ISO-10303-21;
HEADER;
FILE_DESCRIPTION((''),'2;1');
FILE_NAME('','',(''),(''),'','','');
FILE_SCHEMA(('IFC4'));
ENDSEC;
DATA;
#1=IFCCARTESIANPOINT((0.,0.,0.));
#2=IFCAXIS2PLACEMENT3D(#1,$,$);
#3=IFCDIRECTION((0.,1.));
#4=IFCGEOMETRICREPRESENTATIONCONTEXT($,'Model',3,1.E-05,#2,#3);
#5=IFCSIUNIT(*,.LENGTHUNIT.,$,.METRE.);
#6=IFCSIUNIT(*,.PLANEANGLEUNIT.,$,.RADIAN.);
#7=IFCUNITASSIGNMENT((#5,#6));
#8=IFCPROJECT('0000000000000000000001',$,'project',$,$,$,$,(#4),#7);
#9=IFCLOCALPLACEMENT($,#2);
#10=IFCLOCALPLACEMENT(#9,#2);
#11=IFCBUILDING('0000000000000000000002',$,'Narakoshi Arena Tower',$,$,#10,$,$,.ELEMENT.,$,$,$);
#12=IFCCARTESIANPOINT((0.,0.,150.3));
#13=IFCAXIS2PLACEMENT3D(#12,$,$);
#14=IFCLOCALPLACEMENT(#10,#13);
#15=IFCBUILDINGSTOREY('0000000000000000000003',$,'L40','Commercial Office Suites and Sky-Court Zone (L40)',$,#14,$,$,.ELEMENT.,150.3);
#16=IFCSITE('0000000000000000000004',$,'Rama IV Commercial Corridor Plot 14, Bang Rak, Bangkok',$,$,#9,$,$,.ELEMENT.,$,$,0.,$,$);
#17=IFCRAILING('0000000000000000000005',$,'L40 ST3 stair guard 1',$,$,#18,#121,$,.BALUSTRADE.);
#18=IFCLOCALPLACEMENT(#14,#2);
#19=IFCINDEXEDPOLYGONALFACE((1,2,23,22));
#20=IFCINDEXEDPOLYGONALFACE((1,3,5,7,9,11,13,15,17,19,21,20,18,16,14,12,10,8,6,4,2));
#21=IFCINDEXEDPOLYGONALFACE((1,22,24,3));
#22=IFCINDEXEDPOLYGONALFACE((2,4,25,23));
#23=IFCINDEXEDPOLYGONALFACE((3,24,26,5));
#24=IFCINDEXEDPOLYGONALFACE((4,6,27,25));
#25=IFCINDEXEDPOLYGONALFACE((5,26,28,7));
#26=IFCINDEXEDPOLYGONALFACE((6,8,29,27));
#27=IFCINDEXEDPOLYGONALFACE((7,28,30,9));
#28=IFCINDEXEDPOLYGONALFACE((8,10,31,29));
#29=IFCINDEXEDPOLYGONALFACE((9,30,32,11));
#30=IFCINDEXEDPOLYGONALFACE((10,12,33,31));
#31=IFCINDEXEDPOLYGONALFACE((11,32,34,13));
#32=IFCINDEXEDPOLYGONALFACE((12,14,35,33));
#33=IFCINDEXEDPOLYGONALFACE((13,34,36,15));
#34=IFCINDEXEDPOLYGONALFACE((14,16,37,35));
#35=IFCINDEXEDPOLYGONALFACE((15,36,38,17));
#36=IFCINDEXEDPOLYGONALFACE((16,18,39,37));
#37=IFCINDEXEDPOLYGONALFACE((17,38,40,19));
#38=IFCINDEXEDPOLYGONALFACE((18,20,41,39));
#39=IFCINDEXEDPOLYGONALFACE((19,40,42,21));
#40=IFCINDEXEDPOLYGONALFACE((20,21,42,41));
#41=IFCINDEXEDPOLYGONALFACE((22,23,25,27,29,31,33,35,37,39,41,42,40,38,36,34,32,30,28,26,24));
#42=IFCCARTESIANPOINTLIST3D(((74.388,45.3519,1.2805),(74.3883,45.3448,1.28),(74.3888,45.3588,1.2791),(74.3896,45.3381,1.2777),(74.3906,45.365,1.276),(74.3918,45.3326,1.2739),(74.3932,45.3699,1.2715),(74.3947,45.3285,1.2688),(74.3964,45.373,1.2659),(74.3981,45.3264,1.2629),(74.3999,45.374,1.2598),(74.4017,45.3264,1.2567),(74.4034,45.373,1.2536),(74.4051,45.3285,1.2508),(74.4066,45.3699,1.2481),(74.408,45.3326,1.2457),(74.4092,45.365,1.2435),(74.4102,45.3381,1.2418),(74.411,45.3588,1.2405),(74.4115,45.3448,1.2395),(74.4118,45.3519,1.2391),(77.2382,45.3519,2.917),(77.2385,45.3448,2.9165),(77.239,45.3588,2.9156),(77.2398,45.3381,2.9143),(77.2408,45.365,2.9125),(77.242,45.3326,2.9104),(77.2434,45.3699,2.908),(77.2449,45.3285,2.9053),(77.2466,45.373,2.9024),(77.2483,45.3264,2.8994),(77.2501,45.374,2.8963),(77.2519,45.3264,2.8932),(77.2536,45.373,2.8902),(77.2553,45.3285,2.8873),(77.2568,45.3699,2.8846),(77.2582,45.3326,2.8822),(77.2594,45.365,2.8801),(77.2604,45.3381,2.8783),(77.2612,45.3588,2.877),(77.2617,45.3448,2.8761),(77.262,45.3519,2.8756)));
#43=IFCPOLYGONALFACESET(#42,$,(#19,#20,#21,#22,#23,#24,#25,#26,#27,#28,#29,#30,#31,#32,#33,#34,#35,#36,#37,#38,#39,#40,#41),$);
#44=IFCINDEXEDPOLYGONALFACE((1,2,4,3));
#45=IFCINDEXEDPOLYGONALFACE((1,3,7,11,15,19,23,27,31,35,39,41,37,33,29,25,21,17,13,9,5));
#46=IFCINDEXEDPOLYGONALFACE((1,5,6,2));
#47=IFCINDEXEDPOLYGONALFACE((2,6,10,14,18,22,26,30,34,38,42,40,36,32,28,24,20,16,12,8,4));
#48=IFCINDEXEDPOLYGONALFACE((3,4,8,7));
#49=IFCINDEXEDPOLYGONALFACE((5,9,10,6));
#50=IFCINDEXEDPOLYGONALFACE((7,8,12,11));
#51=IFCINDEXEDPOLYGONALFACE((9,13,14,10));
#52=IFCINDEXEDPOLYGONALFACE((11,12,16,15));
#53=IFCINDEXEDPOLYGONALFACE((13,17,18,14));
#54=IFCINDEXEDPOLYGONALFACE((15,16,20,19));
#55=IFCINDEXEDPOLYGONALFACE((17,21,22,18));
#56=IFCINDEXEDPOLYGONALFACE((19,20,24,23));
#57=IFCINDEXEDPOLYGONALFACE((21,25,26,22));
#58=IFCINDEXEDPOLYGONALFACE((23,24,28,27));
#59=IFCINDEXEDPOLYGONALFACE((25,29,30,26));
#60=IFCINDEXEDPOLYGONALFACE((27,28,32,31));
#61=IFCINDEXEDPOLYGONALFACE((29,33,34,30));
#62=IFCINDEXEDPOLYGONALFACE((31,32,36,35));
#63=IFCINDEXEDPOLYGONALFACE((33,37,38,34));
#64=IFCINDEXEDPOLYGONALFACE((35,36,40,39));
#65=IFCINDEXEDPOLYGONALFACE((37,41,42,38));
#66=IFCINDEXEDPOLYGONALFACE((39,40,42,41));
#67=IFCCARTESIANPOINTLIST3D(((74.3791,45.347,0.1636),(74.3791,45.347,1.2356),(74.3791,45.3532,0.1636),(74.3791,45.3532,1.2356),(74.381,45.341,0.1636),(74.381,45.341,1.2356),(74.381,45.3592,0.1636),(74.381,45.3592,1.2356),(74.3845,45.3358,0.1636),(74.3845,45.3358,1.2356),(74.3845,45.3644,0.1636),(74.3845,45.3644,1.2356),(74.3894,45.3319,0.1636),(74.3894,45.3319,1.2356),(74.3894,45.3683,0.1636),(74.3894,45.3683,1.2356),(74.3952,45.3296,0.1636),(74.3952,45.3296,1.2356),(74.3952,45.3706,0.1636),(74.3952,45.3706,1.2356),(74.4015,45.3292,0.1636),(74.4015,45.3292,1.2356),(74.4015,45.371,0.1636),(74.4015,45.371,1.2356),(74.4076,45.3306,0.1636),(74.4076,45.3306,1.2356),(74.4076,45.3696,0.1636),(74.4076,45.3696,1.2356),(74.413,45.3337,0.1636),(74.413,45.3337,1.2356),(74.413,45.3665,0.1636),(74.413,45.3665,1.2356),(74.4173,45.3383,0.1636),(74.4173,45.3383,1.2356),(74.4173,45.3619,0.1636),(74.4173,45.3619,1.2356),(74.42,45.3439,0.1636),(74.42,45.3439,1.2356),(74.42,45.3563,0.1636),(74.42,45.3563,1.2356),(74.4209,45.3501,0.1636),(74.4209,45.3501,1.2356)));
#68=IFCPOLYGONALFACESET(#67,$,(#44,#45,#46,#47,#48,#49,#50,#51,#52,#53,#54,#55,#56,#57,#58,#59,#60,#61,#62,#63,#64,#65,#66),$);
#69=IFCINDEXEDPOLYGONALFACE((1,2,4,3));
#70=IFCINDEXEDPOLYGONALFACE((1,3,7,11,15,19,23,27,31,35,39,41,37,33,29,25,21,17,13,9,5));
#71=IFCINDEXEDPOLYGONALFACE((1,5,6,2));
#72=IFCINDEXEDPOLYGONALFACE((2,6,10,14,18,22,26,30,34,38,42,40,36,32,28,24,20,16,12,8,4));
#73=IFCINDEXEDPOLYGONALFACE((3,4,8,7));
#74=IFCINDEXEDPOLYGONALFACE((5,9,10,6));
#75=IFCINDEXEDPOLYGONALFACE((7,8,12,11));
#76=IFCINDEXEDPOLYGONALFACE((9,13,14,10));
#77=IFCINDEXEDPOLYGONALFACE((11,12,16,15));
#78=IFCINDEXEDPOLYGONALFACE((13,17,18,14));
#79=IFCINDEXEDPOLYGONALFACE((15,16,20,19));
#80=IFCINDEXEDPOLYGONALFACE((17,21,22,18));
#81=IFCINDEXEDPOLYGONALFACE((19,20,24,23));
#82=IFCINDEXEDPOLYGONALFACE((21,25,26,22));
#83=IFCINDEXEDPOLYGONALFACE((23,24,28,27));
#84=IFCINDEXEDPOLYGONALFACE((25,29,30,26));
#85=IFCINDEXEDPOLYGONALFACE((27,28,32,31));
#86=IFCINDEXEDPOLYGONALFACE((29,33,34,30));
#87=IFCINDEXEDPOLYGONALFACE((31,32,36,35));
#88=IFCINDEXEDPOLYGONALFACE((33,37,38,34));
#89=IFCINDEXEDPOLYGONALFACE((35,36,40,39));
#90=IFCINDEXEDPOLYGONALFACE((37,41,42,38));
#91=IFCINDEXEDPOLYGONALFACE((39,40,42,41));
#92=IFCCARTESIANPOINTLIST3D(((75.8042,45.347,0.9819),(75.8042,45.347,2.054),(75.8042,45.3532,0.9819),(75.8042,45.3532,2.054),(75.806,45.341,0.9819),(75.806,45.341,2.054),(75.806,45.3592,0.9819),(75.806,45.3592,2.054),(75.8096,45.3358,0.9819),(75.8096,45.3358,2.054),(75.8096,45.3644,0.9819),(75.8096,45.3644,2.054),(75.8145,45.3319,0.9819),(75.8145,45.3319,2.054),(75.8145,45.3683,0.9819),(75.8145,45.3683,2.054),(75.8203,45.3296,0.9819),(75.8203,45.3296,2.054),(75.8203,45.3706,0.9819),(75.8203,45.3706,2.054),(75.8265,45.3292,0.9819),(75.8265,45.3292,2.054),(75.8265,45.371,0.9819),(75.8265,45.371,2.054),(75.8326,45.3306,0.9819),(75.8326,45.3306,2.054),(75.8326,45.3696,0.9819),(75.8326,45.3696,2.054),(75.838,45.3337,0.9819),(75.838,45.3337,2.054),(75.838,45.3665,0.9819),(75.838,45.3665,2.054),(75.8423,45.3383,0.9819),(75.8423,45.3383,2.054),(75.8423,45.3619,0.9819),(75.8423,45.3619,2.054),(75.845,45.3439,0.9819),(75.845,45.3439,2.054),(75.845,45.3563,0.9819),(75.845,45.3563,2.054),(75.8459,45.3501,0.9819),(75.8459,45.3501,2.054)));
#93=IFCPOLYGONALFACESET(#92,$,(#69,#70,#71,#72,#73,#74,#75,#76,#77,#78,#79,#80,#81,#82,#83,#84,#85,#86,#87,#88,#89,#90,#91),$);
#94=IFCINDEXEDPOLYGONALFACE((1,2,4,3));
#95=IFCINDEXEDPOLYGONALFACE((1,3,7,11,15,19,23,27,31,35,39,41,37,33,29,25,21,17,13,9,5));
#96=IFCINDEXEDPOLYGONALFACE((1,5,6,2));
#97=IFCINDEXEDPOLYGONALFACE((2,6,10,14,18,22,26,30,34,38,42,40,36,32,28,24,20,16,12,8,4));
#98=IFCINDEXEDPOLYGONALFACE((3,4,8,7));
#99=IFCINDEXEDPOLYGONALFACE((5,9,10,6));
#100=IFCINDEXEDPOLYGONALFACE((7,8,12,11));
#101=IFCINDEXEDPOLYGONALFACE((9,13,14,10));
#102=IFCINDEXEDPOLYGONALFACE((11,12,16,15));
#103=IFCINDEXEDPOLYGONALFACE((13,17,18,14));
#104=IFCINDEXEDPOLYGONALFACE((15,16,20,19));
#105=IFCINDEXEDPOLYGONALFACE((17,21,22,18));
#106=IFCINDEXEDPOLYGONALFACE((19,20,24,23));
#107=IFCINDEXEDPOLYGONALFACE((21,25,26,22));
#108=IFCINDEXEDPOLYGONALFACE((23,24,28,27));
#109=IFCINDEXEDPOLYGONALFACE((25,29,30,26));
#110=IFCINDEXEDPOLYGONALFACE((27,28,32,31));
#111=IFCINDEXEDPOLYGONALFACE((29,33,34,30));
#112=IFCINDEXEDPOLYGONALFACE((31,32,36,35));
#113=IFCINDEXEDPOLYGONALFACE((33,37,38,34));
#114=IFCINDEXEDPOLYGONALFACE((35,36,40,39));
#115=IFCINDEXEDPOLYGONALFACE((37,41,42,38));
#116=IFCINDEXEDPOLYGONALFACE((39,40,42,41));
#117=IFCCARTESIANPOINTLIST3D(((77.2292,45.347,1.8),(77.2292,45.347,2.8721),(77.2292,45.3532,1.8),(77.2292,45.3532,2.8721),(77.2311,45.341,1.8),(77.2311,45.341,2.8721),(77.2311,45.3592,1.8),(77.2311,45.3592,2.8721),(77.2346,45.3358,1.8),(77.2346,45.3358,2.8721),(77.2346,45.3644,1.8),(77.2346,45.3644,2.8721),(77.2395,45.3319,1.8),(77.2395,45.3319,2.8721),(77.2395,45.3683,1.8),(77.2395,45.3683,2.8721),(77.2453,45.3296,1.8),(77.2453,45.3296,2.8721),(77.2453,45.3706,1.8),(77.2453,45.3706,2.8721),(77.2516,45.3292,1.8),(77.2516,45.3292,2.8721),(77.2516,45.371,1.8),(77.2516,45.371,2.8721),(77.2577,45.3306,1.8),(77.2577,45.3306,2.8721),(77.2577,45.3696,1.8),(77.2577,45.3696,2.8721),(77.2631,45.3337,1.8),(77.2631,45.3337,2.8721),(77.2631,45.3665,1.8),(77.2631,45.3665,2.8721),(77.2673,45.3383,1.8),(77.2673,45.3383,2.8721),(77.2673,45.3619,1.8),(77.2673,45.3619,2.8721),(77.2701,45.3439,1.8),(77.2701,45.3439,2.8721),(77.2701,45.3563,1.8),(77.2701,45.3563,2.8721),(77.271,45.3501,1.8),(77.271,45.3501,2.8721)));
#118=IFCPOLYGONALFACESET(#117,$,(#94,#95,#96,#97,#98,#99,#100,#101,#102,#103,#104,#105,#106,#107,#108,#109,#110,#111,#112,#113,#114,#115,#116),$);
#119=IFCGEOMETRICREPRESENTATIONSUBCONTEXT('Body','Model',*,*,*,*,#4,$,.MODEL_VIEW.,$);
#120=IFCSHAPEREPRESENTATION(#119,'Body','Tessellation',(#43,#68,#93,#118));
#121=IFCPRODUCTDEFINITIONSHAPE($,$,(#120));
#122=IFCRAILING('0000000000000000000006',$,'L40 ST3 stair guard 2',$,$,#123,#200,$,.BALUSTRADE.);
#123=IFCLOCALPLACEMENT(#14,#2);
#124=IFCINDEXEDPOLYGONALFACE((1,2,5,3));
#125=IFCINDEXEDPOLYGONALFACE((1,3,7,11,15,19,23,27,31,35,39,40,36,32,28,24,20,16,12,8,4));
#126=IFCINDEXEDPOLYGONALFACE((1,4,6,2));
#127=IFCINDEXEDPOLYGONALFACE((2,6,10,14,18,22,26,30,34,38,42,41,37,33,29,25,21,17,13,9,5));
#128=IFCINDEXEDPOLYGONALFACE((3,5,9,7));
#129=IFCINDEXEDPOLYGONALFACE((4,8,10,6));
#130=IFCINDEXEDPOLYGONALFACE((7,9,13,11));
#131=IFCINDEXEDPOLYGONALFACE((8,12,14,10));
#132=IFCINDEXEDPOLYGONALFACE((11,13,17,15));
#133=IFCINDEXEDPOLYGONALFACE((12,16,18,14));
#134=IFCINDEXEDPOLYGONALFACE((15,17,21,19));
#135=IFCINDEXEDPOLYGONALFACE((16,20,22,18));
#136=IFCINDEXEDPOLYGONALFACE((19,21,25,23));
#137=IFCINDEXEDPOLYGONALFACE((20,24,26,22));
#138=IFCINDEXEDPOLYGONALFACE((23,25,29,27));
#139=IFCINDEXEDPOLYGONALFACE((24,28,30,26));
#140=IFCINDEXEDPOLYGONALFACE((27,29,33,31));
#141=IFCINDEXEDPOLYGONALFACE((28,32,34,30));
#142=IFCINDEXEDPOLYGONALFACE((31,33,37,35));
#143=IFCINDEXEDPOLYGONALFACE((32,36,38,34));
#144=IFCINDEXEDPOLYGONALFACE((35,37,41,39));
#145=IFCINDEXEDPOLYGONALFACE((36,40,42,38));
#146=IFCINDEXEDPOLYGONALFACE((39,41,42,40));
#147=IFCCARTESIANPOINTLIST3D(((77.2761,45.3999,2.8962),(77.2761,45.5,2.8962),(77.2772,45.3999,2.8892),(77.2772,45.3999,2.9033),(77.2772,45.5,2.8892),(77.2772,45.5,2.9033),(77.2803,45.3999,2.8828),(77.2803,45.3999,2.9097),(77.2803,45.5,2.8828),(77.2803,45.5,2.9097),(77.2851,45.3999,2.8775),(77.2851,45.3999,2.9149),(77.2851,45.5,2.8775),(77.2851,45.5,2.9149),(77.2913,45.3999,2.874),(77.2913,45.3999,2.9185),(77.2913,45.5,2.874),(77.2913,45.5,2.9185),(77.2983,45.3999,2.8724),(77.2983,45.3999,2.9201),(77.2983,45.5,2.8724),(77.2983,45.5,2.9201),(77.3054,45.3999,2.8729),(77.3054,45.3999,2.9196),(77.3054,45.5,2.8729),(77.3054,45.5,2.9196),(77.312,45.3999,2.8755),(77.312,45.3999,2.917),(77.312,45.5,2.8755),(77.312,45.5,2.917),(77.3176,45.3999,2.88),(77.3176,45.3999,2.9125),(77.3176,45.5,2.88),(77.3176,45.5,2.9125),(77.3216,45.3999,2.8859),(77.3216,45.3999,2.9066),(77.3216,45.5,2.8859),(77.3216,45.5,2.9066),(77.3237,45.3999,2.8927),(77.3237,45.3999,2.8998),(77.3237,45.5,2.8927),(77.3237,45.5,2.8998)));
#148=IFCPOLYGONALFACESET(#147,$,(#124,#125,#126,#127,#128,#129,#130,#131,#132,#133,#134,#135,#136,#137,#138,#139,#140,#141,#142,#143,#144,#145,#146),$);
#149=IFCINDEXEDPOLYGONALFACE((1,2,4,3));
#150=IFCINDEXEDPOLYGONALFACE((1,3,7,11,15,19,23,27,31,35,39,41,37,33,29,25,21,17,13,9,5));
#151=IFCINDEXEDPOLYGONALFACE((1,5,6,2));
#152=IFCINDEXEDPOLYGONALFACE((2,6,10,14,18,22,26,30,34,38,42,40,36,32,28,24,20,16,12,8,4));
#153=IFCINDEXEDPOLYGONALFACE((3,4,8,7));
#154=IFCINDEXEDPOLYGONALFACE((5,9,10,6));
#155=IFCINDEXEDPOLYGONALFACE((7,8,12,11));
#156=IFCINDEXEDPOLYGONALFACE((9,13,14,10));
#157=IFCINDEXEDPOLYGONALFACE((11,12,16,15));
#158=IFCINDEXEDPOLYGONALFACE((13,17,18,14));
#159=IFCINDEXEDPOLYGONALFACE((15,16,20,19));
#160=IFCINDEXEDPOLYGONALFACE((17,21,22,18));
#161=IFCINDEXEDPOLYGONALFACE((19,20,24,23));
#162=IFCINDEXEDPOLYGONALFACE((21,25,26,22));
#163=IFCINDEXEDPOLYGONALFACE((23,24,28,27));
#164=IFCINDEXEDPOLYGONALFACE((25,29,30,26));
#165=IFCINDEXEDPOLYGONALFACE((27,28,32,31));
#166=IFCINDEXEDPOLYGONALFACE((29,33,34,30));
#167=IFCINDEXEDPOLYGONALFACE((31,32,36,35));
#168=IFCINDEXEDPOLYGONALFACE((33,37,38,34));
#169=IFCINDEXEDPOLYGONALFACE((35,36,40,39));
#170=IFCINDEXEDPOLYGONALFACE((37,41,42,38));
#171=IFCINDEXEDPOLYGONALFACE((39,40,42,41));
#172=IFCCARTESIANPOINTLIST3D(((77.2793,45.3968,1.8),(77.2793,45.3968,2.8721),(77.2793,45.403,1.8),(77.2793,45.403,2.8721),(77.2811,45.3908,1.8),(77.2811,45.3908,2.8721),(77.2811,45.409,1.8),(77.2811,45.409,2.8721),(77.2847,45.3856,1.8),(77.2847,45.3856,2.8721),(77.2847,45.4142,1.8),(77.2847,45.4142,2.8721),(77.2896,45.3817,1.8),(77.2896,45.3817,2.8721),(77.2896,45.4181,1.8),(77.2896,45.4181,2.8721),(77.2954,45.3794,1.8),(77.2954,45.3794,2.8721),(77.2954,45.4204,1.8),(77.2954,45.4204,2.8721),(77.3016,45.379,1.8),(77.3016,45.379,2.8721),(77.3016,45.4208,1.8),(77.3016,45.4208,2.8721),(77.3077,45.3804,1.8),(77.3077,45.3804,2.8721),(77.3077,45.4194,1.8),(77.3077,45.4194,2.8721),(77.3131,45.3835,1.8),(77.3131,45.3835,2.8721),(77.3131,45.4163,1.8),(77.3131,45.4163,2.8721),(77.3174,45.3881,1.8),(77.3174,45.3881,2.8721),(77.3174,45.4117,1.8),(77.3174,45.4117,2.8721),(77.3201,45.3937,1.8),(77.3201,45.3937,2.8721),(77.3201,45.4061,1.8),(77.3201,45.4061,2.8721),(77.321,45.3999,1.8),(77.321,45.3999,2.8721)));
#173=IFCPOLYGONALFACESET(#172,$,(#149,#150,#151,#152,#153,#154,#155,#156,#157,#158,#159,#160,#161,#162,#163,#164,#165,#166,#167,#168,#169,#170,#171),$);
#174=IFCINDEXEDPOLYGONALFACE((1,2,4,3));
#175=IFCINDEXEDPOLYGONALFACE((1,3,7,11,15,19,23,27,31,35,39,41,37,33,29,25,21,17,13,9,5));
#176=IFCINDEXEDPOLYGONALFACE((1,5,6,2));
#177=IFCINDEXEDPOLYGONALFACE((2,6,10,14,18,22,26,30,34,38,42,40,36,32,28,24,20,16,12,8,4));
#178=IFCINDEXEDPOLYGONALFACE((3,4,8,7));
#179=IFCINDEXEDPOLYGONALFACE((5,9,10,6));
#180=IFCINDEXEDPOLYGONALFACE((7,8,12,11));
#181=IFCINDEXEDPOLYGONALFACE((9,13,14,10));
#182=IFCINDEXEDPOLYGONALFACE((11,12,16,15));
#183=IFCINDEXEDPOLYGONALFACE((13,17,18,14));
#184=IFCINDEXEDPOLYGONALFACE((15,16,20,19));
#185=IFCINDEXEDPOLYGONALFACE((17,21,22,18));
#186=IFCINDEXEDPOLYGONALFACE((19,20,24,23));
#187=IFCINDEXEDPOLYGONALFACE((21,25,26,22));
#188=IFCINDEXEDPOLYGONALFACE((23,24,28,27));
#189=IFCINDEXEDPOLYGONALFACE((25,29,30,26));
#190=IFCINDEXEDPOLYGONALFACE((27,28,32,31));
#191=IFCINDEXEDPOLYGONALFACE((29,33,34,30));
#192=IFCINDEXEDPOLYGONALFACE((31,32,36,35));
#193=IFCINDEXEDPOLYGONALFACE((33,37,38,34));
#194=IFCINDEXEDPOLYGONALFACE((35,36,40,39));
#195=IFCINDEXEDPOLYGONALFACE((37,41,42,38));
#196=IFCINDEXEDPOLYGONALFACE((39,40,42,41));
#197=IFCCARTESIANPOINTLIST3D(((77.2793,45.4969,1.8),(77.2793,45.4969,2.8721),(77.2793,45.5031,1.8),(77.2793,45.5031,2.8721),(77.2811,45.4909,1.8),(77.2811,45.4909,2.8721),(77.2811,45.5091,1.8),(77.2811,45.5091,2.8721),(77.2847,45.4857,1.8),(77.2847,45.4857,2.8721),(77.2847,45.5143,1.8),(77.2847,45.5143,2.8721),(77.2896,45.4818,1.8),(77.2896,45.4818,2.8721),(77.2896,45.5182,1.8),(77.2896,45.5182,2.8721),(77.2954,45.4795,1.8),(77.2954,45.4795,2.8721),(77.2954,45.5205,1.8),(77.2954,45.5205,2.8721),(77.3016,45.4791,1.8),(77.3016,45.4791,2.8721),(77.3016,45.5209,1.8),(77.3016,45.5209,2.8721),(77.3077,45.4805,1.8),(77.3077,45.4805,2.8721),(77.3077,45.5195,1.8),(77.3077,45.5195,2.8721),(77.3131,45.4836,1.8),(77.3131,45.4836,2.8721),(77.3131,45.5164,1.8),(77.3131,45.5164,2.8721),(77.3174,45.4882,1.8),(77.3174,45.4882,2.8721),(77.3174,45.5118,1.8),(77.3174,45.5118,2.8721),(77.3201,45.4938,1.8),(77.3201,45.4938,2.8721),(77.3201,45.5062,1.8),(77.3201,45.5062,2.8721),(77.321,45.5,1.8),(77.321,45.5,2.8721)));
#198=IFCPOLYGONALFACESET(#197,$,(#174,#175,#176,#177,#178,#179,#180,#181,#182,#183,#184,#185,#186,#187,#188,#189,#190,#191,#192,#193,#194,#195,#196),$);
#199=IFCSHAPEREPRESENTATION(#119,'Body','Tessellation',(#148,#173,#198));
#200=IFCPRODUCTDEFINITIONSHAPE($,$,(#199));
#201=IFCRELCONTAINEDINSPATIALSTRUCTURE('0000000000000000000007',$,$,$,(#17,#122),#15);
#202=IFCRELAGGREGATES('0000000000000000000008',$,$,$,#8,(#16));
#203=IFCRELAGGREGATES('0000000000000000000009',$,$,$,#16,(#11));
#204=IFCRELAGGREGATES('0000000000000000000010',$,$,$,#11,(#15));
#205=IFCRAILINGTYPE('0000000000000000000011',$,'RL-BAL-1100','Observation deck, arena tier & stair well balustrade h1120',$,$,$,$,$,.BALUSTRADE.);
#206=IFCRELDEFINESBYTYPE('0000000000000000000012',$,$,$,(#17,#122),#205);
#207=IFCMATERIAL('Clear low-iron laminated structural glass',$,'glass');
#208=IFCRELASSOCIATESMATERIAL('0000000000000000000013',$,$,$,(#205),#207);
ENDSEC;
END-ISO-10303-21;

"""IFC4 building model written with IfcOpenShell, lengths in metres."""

from ifc_helpers import new_model, si_unit, direction, frame, origin, origin_2d, place, context, subcontext, project, spatial, circle, extrude, material, type_object, element, save


model = new_model("IFC4")

# Units and contexts
model_context = context("Model", 3, precision=1e-05, world=origin(), true_north=direction((0.0, 1.0)))
body_context = subcontext(model_context, "Body", "Model", "MODEL_VIEW")
ifc_project = project(units=[si_unit("LENGTHUNIT", "METRE"), si_unit("PLANEANGLEUNIT", "RADIAN")], contexts=[model_context])

# Site, building, storey
site_placement = place(None, origin())
site = spatial("IfcSite", under=ifc_project, at=site_placement, Name="Rama IV Commercial Corridor Plot 14, Bang Rak, Bangkok", CompositionType="ELEMENT", RefElevation=0.0)
building_placement = place(site_placement, origin())
building = spatial("IfcBuilding", under=site, at=building_placement, Name="Narakoshi Arena Tower", CompositionType="ELEMENT")
storey_placement = place(building_placement, frame((0.0, 0.0, 150.3)))
storey = spatial("IfcBuildingStorey", under=building, at=storey_placement, Name="L40", Description="Commercial Office Suites and Sky-Court Zone (L40)", CompositionType="ELEMENT", Elevation=150.3)

# Railings
ifc_material_1 = material(Name="Clear low-iron laminated structural glass", Category="glass")
railing_type_1 = type_object("IfcRailingType", Name="RL-BAL-1100", Description="Observation deck, arena tier & stair well balustrade h1120", PredefinedType="BALUSTRADE", material=ifc_material_1)
railing_1_placement = place(storey_placement, frame((74.3999, 45.3501, 0.1636)))
element("IfcRailing", 1, at=railing_1_placement, inside=storey, type_object=railing_type_1, Name="L40 ST3 stair guard 1", PredefinedType="BALUSTRADE", context=body_context, shape_type="SweptSolid", body=[
    extrude(circle(Radius=0.0239, at=origin_2d()), frame((0.0, 0.0, 1.0962), z_axis=(0.867213, 0.0, 0.497938), x_axis=(0.0, 1.0, 0.0)), (0.0, 0.0, 1.0), 3.2866),
    extrude(circle(Radius=0.021, at=origin_2d()), origin(), (0.0, 0.0, 1.0), 1.072),
    extrude(circle(Radius=0.021, at=origin_2d()), frame((1.425, 0.0, 0.8184)), (0.0, 0.0, 1.0), 1.072),
    extrude(circle(Radius=0.021, at=origin_2d()), frame((2.8501, 0.0, 1.6365)), (0.0, 0.0, 1.0), 1.072),
])
railing_2_placement = place(storey_placement, frame((77.3, 45.3999, 1.8)))
element("IfcRailing", 2, at=railing_2_placement, inside=storey, type_object=railing_type_1, Name="L40 ST3 stair guard 2", PredefinedType="BALUSTRADE", context=body_context, shape_type="SweptSolid", body=[
    extrude(circle(Radius=0.0239, at=origin_2d()), frame((0.0, 0.0, 1.0962), z_axis=(0.0, 1.0, 0.0), x_axis=(-1.0, 0.0, 0.0)), (0.0, 0.0, 1.0), 0.1001),
    extrude(circle(Radius=0.021, at=origin_2d()), origin(), (0.0, 0.0, 1.0), 1.072),
    extrude(circle(Radius=0.021, at=origin_2d()), frame((0.0, 0.1001, 0.0)), (0.0, 0.0, 1.0), 1.072),
])

save(model, "model.ifc")
